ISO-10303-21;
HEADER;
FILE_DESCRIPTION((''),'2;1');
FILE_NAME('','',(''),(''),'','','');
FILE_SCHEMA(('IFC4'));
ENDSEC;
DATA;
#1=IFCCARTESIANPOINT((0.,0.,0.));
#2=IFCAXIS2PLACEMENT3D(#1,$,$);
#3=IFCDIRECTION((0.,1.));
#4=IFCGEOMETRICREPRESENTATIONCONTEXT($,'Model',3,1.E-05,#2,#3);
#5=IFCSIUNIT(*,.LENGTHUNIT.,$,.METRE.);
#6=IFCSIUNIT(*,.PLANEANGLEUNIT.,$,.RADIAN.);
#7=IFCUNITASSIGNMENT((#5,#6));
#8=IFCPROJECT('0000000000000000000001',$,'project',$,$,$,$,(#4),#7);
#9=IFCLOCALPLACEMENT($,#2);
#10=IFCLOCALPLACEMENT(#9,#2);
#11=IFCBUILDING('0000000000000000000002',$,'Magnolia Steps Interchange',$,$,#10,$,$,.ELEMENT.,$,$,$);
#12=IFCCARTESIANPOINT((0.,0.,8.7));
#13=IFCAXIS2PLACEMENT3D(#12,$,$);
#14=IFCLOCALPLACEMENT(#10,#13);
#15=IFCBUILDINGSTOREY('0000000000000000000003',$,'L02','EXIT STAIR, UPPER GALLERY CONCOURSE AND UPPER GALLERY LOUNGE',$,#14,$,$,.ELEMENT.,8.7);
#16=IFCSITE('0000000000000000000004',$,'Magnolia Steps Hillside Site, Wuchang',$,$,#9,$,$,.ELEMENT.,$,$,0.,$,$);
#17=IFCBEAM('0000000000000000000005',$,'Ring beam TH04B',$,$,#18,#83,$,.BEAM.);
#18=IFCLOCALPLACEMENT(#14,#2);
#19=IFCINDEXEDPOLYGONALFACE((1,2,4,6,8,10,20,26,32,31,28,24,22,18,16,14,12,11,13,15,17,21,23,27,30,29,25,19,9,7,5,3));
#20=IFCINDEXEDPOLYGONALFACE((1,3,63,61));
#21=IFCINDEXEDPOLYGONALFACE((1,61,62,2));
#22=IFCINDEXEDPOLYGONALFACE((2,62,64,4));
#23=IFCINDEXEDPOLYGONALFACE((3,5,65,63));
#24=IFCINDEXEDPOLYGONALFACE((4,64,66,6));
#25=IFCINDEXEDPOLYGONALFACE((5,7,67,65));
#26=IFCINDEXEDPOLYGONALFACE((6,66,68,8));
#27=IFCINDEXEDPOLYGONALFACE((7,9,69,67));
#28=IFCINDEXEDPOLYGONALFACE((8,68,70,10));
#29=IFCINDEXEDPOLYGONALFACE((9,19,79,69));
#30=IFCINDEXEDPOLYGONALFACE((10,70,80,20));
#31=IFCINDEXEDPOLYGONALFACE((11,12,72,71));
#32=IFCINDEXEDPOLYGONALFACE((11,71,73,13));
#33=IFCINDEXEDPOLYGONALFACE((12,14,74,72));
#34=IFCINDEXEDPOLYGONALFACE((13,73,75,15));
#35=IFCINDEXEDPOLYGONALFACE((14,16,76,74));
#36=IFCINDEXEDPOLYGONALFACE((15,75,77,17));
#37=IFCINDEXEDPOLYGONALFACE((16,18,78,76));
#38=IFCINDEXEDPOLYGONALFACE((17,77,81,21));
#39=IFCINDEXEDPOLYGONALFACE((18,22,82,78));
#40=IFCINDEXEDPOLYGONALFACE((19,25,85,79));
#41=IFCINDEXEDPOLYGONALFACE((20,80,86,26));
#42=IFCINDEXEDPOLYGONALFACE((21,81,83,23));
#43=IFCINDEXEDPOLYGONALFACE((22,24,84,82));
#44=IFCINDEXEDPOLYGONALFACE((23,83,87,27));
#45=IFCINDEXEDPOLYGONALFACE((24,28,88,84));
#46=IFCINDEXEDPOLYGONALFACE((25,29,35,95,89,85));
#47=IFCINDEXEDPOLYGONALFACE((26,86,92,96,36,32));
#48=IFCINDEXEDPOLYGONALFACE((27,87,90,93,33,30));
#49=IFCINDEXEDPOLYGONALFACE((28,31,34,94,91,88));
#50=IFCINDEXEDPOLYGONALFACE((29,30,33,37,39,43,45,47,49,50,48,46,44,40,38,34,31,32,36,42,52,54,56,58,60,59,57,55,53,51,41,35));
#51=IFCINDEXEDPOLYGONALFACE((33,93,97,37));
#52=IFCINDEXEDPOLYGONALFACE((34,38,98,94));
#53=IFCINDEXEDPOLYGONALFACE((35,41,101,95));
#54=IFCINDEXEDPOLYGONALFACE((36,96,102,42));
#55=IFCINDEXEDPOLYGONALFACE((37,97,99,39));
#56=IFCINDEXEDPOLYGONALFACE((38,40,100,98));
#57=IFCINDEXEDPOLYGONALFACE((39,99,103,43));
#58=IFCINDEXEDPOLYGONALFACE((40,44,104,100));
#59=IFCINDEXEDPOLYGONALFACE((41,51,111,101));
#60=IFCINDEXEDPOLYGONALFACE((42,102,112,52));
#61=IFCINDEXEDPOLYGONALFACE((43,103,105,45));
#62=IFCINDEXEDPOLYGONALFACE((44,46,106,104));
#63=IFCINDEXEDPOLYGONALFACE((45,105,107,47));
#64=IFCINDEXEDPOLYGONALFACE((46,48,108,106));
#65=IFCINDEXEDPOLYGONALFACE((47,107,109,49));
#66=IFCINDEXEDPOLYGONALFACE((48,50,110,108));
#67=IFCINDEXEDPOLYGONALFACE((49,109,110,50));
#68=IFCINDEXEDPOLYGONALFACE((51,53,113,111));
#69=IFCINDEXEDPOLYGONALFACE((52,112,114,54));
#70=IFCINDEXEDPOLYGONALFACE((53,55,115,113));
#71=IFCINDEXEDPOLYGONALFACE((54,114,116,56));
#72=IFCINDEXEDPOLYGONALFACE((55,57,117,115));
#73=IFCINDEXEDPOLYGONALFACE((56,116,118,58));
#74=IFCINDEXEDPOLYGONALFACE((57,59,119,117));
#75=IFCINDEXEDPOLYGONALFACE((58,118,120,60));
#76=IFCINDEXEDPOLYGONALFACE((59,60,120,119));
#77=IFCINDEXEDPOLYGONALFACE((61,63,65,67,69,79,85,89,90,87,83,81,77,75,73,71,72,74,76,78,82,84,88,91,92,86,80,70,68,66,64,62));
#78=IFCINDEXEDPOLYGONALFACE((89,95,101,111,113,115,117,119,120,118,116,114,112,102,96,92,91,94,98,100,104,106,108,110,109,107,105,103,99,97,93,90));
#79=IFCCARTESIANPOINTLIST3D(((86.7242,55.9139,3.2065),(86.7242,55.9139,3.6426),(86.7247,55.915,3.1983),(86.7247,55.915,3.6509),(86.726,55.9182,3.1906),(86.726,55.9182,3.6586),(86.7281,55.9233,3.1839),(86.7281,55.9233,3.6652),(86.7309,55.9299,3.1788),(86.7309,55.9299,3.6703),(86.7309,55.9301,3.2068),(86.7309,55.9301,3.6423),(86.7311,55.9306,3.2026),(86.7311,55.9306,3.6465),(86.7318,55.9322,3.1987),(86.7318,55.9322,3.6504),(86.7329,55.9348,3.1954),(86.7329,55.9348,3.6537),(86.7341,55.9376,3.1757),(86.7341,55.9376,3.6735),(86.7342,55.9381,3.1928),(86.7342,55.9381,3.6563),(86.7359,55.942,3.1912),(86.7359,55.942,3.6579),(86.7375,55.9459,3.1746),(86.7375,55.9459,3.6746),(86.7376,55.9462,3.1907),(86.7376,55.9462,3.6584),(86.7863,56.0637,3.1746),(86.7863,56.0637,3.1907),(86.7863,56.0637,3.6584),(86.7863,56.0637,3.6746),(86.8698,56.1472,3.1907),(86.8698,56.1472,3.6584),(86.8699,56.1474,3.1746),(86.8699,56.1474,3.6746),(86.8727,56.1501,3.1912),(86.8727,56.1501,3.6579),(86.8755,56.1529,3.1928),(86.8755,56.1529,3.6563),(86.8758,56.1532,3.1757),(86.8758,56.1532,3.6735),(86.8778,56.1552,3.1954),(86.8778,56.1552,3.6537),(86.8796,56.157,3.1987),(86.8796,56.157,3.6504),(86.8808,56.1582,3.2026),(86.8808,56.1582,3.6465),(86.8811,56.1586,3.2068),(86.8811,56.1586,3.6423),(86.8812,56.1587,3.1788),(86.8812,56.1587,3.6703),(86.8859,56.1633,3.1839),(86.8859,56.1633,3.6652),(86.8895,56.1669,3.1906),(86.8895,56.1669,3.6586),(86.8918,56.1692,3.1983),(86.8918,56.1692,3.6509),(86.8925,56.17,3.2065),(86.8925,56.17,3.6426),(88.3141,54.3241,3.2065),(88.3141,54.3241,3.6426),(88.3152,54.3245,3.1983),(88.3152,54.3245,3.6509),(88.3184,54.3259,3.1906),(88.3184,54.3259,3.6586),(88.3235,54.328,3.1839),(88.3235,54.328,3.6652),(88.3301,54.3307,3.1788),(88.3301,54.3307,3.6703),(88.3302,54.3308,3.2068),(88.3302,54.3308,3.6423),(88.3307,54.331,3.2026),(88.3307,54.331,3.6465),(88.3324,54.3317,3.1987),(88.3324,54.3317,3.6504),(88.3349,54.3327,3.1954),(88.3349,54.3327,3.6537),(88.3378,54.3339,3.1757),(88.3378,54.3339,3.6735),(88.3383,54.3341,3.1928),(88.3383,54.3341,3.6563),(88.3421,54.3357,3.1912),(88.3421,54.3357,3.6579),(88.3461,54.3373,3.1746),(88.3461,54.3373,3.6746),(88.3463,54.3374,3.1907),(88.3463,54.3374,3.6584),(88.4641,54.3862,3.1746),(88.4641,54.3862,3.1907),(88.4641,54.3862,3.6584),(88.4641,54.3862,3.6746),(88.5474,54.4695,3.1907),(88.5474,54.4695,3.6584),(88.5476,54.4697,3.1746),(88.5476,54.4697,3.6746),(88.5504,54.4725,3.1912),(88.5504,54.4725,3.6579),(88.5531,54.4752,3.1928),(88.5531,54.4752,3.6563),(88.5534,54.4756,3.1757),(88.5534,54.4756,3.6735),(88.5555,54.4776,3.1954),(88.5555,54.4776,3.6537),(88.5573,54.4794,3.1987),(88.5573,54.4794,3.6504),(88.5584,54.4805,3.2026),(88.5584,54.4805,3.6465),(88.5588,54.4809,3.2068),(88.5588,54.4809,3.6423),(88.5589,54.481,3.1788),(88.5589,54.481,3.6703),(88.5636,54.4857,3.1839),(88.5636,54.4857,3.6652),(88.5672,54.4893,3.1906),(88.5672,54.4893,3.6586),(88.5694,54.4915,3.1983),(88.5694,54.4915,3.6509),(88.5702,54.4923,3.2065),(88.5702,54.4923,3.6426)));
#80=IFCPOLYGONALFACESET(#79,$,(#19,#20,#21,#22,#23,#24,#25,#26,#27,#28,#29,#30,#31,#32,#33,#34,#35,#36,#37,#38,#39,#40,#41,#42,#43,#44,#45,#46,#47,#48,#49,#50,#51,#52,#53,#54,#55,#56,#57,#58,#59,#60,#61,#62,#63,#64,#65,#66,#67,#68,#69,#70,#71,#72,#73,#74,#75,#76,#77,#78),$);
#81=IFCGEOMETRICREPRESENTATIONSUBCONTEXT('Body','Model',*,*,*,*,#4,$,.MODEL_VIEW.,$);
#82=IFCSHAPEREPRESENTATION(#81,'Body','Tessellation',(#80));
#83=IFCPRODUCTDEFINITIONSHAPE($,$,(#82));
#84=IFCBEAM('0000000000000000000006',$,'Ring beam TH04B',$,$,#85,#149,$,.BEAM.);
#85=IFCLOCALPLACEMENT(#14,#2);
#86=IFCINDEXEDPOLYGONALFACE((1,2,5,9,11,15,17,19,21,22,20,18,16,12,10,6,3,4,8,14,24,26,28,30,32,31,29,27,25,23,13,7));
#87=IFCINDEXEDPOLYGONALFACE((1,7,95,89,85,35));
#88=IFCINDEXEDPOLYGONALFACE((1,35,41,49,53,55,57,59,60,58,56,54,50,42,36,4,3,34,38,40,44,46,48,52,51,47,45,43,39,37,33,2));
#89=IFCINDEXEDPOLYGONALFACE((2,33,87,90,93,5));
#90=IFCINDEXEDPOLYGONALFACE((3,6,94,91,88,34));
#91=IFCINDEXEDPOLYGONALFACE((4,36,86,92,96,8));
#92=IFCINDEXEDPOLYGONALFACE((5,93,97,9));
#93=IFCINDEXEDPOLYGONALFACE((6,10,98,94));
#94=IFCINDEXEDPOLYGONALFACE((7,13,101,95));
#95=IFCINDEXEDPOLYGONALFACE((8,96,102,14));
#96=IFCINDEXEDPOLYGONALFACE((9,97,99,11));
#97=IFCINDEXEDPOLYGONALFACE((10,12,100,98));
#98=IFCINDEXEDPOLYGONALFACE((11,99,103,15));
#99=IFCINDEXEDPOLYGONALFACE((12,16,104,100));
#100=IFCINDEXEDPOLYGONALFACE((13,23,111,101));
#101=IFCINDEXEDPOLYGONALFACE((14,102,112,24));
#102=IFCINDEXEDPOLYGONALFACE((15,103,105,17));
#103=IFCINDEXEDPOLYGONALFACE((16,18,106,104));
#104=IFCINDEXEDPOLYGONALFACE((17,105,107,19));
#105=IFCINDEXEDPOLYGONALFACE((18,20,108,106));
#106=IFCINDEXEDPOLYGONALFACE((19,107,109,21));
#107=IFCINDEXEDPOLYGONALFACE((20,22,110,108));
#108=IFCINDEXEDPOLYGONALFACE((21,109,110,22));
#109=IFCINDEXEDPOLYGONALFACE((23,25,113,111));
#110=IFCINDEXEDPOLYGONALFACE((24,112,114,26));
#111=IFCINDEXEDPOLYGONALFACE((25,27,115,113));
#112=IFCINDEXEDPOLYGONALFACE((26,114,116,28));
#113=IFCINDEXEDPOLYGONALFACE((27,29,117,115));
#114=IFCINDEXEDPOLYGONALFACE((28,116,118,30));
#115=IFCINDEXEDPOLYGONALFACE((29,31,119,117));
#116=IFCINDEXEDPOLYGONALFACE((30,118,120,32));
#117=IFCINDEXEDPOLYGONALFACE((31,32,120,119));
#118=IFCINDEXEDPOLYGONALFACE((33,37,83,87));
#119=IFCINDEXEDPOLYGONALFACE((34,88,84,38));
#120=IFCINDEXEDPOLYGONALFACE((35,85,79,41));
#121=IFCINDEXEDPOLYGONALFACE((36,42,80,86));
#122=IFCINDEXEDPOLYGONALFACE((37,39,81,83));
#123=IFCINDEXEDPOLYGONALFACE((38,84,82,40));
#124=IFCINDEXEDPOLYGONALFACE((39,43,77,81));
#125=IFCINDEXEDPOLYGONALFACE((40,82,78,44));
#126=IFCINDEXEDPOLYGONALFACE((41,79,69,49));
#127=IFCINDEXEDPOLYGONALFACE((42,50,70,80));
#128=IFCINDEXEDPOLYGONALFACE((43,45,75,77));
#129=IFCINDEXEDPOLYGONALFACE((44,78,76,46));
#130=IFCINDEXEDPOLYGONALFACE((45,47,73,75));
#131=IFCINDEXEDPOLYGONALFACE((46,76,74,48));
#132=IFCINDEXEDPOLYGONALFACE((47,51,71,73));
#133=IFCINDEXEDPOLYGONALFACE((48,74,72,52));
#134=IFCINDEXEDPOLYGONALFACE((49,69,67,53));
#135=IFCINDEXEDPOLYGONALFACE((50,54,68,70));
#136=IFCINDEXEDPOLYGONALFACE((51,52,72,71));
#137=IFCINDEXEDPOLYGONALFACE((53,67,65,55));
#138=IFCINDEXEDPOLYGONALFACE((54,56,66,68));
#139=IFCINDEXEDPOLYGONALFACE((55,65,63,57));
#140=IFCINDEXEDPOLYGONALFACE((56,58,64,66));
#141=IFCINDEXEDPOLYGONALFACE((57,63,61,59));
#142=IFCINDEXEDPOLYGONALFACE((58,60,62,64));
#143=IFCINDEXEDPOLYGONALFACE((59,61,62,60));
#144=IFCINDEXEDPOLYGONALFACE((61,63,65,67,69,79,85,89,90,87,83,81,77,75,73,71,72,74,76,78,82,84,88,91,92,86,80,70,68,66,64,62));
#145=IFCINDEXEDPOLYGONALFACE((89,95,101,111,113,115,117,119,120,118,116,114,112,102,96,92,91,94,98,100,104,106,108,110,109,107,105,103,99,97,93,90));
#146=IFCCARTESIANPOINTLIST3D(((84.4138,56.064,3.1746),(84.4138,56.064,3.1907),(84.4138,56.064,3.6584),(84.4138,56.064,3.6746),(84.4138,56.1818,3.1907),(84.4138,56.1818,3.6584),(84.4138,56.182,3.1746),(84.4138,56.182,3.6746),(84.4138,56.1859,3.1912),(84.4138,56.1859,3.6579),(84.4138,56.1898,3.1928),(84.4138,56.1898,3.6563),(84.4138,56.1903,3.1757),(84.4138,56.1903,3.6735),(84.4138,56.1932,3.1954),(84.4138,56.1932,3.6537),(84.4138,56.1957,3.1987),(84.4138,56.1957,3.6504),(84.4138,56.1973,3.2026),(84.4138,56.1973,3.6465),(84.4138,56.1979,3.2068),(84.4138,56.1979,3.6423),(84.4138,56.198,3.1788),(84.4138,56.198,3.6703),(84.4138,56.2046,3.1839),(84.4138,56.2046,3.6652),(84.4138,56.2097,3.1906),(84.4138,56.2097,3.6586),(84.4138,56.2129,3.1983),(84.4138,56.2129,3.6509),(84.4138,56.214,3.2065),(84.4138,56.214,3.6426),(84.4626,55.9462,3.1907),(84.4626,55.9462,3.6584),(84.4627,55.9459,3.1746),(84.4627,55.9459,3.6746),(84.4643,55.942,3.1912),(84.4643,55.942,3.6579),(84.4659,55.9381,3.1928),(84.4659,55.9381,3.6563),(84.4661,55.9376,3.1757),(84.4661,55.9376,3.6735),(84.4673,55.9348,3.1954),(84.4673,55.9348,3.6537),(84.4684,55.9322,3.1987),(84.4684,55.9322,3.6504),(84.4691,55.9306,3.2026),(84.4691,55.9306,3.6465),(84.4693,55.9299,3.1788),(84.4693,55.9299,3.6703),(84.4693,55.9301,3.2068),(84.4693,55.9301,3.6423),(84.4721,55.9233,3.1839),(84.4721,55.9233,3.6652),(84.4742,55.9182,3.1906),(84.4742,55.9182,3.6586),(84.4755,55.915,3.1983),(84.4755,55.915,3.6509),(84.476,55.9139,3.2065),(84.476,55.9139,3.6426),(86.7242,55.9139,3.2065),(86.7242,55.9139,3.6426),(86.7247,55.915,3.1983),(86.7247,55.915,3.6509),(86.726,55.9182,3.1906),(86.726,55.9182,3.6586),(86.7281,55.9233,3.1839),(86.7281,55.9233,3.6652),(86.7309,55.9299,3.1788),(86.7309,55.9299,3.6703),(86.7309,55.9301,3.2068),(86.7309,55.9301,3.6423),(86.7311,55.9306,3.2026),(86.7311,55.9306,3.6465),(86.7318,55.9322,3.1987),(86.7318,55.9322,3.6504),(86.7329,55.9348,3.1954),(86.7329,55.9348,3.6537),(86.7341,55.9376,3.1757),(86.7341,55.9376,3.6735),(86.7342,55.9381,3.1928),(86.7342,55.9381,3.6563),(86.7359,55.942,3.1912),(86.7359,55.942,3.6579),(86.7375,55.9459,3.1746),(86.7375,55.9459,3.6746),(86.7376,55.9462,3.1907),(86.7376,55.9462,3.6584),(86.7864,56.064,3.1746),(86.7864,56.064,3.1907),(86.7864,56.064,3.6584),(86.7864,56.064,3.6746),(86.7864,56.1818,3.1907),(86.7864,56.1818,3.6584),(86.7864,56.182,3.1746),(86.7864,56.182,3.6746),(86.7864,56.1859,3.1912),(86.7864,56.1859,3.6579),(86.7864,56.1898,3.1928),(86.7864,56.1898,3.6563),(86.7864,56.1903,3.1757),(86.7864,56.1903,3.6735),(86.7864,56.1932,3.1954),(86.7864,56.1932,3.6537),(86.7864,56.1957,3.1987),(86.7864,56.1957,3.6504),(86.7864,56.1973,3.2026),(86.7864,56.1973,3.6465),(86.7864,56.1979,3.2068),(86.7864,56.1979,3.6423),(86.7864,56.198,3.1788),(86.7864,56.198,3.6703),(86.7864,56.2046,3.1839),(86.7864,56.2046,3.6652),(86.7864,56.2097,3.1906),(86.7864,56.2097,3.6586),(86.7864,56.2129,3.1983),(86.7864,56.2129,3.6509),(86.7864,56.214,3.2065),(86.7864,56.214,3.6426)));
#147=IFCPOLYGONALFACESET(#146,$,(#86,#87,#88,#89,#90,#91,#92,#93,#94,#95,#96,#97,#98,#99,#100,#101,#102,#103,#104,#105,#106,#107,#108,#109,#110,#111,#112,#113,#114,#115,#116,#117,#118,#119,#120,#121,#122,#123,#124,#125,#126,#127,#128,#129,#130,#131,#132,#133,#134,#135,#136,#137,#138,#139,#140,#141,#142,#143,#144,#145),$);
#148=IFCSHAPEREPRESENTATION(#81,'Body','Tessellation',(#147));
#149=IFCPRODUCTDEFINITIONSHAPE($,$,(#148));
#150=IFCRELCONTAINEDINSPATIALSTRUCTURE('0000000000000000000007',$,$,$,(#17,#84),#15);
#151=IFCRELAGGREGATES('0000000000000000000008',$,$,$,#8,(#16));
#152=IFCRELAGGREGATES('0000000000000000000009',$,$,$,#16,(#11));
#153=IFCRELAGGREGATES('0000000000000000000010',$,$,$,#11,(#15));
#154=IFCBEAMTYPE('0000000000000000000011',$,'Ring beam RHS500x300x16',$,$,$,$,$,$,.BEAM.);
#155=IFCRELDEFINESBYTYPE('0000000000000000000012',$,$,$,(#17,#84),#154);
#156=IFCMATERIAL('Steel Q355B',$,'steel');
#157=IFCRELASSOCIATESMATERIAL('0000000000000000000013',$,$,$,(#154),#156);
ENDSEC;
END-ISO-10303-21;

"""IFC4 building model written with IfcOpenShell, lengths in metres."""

from ifc_helpers import new_model, si_unit, direction, frame, origin, origin_2d, place, context, subcontext, project, spatial, hollow_rectangle, extrude, clip, halfspace, material, material_profile, profile_set, type_object, element, save


model = new_model("IFC4")

# Units and contexts
model_context = context("Model", 3, precision=1e-05, world=origin(), true_north=direction((0.0, 1.0)))
body_context = subcontext(model_context, "Body", "Model", "MODEL_VIEW")
ifc_project = project(units=[si_unit("LENGTHUNIT", "METRE"), si_unit("PLANEANGLEUNIT", "RADIAN")], contexts=[model_context])

# Site, building, storey
site_placement = place(None, origin())
site = spatial("IfcSite", under=ifc_project, at=site_placement, Name="Magnolia Steps Hillside Site, Wuchang", CompositionType="ELEMENT", RefElevation=0.0)
building_placement = place(site_placement, origin())
building = spatial("IfcBuilding", under=site, at=building_placement, Name="Magnolia Steps Interchange", CompositionType="ELEMENT")
storey_placement = place(building_placement, frame((0.0, 0.0, 8.7)))
storey = spatial("IfcBuildingStorey", under=building, at=storey_placement, Name="L02", Description="EXIT STAIR, UPPER GALLERY CONCOURSE AND UPPER GALLERY LOUNGE", CompositionType="ELEMENT", Elevation=8.7)

# Beams
ifc_material_1 = material(Name="Steel Q355B", Category="steel")
ifc_material_profile_1 = material_profile(ifc_material_1, hollow_rectangle(XDim=0.3, YDim=0.5, WallThickness=0.0161, InnerFilletRadius=0.0161, OuterFilletRadius=0.032, at=origin_2d()), Name="RHS500x300x16")
ifc_profile_set_1 = profile_set([ifc_material_profile_1], Name="Steel Q355B")
beam_type = type_object("IfcBeamType", Name="Ring beam RHS500x300x16", PredefinedType="BEAM", material=ifc_profile_set_1)
beam_1_placement = place(storey_placement, frame((88.4641, 54.3862, 3.4246), z_axis=(-0.707107, 0.707107, 0.0), x_axis=(-0.707107, -0.707107, 0.0)))
element("IfcBeam", 1, at=beam_1_placement, inside=storey, type_object=beam_type, Name="Ring beam TH04B", PredefinedType="BEAM", context=body_context, shape_type="Clipping", body=[
    clip(clip(extrude(hollow_rectangle(XDim=0.3, YDim=0.5, WallThickness=0.0161, InnerFilletRadius=0.0161, OuterFilletRadius=0.032, at=origin_2d()), origin(), (0.0, 0.0, 1.0), 2.3726), halfspace(frame((0.0, 0.0, 0.0), z_axis=(0.382683, 0.0, -0.92388), x_axis=(0.92388, 0.0, 0.382683)), False)), halfspace(frame((0.0, 0.0, 2.3727), z_axis=(0.382683, 0.0, 0.92388), x_axis=(0.92388, 0.0, -0.382683)), False)),
])
beam_2_placement = place(storey_placement, frame((86.7864, 56.064, 3.4246), z_axis=(-1.0, 0.0, 0.0), x_axis=(0.0, -1.0, 0.0)))
element("IfcBeam", 2, at=beam_2_placement, inside=storey, type_object=beam_type, Name="Ring beam TH04B", PredefinedType="BEAM", context=body_context, shape_type="Clipping", body=[
    clip(clip(extrude(hollow_rectangle(XDim=0.3, YDim=0.5, WallThickness=0.0161, InnerFilletRadius=0.0161, OuterFilletRadius=0.032, at=origin_2d()), origin(), (0.0, 0.0, 1.0), 2.3726), halfspace(frame((0.0, 0.0, 0.0), z_axis=(0.382683, 0.0, -0.92388), x_axis=(0.92388, 0.0, 0.382683)), False)), halfspace(frame((0.0, 0.0, 2.3726), z_axis=(0.382683, 0.0, 0.92388), x_axis=(0.92388, 0.0, -0.382683)), False)),
])

save(model, "model.ifc")
